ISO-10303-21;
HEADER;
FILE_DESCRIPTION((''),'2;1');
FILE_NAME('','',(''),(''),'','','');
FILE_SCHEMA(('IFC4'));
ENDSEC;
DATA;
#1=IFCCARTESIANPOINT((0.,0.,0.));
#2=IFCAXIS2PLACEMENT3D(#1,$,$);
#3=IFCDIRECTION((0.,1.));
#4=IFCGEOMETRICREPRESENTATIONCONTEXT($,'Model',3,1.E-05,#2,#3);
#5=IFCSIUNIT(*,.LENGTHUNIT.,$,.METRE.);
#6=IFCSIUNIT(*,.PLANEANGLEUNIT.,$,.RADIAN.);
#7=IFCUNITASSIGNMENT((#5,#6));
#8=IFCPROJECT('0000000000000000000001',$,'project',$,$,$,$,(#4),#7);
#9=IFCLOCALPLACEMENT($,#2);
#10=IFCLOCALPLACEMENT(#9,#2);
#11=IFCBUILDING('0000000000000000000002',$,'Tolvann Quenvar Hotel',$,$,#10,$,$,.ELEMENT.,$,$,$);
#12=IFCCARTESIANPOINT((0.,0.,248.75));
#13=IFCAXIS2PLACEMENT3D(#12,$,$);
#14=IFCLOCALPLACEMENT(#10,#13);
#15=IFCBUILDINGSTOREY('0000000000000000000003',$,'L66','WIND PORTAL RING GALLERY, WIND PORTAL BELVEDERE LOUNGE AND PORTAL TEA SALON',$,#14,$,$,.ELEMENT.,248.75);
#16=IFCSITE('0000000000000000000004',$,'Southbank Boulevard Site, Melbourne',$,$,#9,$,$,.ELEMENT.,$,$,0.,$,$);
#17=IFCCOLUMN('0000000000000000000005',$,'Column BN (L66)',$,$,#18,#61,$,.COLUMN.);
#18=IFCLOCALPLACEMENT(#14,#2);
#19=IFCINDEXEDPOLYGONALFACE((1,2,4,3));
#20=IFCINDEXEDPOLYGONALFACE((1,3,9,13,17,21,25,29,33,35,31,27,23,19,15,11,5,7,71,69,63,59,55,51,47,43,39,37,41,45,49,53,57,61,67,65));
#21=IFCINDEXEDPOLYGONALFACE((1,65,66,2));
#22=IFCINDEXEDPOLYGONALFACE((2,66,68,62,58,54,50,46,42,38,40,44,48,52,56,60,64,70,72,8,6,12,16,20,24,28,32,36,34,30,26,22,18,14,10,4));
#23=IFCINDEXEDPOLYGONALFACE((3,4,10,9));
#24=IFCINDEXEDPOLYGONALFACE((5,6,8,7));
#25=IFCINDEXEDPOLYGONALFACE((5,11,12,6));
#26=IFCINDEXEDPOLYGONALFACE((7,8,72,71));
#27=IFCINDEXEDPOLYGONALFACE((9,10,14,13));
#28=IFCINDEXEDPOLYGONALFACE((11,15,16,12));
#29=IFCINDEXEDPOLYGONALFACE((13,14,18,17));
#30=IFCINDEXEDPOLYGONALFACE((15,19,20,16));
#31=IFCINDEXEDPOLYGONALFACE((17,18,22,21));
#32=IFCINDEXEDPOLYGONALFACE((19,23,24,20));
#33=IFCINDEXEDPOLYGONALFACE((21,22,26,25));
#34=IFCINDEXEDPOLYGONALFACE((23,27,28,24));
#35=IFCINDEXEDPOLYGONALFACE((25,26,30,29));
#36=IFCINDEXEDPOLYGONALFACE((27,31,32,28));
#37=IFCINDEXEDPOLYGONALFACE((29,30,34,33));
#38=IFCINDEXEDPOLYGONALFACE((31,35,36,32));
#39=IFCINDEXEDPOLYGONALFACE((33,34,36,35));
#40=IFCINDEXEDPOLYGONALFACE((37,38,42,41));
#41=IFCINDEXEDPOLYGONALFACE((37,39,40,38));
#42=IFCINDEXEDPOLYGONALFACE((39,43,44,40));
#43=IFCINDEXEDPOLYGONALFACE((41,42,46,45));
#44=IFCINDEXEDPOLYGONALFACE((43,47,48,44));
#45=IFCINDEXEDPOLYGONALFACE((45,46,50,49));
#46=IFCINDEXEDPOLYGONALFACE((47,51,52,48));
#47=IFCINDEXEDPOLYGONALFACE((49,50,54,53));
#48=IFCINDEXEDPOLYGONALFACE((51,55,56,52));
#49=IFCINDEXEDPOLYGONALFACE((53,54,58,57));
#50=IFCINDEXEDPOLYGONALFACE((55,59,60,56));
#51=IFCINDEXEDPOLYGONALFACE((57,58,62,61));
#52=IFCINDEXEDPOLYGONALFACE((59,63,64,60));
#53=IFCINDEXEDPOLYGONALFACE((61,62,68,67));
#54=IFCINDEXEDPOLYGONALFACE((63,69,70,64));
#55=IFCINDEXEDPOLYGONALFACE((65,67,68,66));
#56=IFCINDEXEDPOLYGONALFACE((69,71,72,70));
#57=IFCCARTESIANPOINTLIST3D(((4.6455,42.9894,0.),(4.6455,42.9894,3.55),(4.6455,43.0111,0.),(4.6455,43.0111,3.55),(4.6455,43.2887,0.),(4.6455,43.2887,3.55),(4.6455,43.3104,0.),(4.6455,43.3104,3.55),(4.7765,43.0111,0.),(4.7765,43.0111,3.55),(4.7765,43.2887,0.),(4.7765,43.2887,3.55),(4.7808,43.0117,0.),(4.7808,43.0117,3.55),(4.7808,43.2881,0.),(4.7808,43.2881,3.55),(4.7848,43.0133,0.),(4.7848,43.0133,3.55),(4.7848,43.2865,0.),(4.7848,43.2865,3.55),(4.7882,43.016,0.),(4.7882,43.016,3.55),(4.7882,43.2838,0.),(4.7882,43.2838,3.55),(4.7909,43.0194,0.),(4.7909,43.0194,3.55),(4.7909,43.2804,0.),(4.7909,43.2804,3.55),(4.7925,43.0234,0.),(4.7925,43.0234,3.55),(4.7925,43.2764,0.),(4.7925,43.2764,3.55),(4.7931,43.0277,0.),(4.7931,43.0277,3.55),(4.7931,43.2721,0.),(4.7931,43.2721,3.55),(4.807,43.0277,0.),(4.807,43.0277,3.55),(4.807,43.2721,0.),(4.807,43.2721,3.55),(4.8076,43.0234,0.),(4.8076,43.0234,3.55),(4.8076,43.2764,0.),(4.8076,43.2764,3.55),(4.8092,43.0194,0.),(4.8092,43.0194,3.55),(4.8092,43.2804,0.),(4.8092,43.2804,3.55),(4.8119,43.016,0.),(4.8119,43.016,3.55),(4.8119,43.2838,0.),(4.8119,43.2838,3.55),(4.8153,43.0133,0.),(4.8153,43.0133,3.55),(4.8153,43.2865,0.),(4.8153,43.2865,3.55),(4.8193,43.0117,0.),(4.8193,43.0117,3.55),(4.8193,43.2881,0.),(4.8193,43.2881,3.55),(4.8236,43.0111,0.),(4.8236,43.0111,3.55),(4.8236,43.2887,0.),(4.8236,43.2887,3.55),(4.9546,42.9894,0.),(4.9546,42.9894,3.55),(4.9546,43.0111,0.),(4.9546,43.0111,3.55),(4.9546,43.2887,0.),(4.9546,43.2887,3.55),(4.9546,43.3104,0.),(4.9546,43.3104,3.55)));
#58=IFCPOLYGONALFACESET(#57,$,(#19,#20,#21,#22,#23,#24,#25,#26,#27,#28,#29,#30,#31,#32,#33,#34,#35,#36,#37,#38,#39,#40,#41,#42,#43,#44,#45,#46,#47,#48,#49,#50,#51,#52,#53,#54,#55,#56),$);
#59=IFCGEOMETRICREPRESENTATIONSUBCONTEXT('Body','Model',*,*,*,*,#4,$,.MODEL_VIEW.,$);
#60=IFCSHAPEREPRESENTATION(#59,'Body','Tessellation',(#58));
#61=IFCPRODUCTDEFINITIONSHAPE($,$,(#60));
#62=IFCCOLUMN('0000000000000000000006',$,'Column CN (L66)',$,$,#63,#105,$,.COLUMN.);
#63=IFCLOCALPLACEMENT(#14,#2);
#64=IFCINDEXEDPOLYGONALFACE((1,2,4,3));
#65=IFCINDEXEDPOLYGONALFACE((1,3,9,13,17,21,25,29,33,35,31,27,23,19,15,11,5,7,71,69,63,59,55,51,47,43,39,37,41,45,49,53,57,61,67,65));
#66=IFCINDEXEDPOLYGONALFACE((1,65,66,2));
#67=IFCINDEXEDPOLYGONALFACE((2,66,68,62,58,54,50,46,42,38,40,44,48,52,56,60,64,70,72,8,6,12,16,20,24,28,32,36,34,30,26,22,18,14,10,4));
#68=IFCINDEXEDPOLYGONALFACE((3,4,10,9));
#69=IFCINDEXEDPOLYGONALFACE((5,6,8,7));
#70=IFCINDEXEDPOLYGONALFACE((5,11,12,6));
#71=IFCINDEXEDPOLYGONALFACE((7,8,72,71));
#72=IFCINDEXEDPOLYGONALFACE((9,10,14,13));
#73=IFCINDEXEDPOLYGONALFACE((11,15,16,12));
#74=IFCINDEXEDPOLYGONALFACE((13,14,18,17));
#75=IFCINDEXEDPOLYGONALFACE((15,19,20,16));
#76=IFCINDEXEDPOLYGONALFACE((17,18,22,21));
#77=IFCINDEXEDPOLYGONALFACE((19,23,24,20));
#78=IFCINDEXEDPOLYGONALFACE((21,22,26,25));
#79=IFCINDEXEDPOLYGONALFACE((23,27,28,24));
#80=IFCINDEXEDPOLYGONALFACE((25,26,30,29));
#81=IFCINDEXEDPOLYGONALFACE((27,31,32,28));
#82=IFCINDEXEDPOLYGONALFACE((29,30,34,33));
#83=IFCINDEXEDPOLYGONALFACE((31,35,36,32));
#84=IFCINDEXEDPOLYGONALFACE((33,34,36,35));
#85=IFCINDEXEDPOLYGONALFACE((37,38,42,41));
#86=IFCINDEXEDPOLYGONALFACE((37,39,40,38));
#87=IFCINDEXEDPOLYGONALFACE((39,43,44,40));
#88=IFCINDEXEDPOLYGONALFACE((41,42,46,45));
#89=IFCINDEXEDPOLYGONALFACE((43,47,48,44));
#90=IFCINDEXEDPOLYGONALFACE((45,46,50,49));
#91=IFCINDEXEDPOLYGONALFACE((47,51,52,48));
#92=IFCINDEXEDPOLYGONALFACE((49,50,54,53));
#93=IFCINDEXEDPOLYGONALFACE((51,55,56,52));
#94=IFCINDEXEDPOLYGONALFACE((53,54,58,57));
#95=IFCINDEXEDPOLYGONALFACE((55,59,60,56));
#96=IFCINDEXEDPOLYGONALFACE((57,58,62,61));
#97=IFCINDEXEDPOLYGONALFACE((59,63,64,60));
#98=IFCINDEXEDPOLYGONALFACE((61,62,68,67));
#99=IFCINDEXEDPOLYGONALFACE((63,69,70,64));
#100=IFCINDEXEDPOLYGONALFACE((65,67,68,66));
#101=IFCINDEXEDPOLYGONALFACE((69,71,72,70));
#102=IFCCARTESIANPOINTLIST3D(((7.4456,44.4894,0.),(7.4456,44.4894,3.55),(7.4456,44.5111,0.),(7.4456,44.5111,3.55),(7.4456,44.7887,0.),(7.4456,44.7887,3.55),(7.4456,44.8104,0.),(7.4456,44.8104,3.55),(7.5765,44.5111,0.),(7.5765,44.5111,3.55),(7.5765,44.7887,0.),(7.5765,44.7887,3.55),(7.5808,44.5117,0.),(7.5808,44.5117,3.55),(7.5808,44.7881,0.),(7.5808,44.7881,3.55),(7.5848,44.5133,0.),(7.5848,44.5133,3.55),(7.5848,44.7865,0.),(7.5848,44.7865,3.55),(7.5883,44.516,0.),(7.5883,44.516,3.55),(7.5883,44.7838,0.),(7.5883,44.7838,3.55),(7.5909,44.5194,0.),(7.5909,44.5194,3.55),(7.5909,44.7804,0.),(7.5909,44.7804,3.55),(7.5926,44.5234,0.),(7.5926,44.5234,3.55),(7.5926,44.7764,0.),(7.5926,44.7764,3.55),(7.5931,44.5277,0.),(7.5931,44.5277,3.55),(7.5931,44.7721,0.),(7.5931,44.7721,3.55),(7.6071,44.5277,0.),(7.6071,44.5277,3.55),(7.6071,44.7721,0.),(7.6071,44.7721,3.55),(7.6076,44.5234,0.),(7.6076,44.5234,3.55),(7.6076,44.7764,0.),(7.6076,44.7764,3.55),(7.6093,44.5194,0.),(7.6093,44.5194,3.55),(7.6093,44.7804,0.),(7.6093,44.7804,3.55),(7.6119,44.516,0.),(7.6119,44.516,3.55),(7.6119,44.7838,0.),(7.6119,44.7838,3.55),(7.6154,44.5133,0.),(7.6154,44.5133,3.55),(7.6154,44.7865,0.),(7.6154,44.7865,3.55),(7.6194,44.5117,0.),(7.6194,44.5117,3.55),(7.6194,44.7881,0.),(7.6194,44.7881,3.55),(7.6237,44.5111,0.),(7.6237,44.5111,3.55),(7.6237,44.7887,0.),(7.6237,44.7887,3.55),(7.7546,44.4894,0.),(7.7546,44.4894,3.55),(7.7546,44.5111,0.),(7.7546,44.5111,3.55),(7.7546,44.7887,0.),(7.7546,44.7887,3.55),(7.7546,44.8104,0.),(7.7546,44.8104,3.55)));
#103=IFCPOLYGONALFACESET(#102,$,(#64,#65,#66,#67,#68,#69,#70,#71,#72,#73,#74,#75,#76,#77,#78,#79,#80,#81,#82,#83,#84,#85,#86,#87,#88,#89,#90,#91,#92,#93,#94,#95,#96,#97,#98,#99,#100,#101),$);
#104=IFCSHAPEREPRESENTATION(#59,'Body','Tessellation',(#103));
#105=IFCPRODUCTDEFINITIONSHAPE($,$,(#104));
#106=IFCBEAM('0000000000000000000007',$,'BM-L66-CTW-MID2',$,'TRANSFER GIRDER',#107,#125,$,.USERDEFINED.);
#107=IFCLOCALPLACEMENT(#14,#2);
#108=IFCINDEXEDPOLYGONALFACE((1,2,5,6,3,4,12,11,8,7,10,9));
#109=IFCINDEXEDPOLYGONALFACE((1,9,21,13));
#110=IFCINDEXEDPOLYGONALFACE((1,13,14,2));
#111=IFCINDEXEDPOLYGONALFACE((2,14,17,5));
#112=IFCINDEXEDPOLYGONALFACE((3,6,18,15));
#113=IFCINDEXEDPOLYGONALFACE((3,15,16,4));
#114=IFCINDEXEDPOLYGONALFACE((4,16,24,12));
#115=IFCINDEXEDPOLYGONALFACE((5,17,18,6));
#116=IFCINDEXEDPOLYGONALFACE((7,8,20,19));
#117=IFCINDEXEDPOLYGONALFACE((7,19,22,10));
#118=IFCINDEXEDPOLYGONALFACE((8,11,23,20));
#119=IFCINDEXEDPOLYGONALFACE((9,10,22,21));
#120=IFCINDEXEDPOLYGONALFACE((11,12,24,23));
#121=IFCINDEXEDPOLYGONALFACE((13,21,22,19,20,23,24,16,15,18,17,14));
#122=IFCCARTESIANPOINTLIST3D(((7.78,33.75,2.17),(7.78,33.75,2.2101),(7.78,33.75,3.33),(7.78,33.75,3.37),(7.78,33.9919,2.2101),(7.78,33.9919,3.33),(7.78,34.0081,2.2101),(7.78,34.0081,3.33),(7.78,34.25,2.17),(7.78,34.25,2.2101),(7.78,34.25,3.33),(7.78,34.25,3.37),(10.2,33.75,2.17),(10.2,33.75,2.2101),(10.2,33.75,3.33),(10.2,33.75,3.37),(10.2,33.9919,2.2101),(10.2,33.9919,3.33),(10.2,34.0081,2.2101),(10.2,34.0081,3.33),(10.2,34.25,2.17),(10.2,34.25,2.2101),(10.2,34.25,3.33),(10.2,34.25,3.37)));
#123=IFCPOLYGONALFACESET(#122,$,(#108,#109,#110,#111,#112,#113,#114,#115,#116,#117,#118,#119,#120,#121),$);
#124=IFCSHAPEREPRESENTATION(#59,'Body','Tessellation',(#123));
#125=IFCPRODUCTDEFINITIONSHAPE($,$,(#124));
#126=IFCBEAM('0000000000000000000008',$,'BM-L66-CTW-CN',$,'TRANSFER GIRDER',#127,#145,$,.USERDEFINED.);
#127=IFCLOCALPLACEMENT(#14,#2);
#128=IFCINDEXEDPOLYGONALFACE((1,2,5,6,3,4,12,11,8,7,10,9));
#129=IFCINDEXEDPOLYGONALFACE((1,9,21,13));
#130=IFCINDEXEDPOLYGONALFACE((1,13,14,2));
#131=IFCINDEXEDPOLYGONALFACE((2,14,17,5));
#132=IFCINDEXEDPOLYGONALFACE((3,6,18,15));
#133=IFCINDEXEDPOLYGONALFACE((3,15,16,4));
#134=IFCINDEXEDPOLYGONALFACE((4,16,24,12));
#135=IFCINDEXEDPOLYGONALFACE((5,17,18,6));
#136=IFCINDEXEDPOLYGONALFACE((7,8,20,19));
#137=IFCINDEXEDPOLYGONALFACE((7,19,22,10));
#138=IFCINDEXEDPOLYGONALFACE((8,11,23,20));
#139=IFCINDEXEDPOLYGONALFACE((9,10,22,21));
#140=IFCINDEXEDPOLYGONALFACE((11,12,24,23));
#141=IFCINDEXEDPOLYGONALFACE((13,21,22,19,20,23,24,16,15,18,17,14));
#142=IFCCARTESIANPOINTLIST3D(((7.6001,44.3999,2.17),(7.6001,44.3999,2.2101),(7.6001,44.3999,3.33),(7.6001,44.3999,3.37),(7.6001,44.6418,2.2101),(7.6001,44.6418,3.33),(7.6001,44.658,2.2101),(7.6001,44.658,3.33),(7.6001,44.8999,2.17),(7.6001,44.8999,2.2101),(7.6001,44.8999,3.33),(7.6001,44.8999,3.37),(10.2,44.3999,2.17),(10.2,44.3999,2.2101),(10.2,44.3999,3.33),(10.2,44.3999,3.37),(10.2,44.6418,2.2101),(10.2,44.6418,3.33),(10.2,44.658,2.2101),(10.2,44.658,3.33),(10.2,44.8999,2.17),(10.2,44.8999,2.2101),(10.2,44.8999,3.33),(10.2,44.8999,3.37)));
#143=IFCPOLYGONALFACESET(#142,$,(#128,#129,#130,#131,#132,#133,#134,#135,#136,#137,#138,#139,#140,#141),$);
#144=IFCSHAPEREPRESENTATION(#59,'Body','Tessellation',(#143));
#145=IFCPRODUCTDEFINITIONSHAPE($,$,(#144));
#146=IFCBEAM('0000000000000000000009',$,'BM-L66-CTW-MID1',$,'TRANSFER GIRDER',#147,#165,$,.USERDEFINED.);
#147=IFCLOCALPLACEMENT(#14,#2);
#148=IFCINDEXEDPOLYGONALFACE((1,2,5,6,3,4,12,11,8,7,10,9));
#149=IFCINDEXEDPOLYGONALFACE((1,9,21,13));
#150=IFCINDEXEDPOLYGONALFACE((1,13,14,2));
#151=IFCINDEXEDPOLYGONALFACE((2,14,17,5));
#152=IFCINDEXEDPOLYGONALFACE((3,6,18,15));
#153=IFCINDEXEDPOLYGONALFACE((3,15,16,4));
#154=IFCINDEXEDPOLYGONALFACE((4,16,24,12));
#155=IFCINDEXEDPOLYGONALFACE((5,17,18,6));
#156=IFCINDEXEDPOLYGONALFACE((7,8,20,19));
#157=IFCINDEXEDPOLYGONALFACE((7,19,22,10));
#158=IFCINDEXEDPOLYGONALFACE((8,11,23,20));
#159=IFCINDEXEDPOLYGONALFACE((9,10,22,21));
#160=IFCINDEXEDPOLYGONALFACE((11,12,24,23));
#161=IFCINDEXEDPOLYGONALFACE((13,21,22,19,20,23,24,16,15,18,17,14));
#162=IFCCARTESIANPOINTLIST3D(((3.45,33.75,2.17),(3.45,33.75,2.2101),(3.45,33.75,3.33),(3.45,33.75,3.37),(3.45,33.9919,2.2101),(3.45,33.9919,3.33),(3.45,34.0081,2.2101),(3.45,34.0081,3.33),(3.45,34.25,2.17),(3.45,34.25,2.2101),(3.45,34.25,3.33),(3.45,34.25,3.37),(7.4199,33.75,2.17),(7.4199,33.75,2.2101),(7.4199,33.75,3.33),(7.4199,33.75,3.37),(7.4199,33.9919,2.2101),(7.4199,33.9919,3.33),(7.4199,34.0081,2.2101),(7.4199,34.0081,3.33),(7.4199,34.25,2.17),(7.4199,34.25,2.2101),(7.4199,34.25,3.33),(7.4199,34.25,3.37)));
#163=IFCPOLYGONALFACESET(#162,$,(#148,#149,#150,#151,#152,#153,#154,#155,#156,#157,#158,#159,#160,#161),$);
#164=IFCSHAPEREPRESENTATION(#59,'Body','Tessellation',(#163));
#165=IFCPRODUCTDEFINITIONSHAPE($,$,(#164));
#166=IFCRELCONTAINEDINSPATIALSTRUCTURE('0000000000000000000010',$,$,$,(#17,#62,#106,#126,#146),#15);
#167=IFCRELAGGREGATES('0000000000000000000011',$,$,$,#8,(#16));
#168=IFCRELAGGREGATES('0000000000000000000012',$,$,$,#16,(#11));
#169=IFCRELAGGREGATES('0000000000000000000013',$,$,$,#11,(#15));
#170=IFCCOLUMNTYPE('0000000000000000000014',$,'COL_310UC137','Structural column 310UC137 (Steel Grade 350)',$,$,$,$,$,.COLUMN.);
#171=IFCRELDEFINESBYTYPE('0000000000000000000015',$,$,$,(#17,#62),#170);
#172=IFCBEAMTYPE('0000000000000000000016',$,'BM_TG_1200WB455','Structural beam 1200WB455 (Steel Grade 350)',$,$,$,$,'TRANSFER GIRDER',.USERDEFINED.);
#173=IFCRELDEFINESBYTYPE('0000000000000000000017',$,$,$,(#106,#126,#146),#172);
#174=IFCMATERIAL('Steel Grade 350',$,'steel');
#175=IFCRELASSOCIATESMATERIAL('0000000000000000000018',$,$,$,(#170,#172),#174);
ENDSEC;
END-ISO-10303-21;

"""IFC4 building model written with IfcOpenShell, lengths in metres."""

from ifc_helpers import new_model, si_unit, direction, frame, origin, origin_2d, place, context, subcontext, project, spatial, i_section, extrude, source, transform, mapped, material, material_profile, profile_set, type_object, type_shapes, element, save


model = new_model("IFC4")

# Units and contexts
model_context = context("Model", 3, precision=1e-05, world=origin(), true_north=direction((0.0, 1.0)))
body_context = subcontext(model_context, "Body", "Model", "MODEL_VIEW")
ifc_project = project(units=[si_unit("LENGTHUNIT", "METRE"), si_unit("PLANEANGLEUNIT", "RADIAN")], contexts=[model_context])

# Site, building, storey
site_placement = place(None, origin())
site = spatial("IfcSite", under=ifc_project, at=site_placement, Name="Southbank Boulevard Site, Melbourne", CompositionType="ELEMENT", RefElevation=0.0)
building_placement = place(site_placement, origin())
building = spatial("IfcBuilding", under=site, at=building_placement, Name="Tolvann Quenvar Hotel", CompositionType="ELEMENT")
storey_placement = place(building_placement, frame((0.0, 0.0, 248.75)))
storey = spatial("IfcBuildingStorey", under=building, at=storey_placement, Name="L66", Description="WIND PORTAL RING GALLERY, WIND PORTAL BELVEDERE LOUNGE AND PORTAL TEA SALON", CompositionType="ELEMENT", Elevation=248.75)

# Columns
ifc_material_1 = material(Name="Steel Grade 350", Category="steel")
ifc_material_profile_1 = material_profile(ifc_material_1, i_section(OverallWidth=0.3091, OverallDepth=0.321, WebThickness=0.0139, FlangeThickness=0.0217, FilletRadius=0.0166, at=origin_2d()), Name="310UC137")
ifc_profile_set_1 = profile_set([ifc_material_profile_1], Name="Steel Grade 350")
column_type = type_object("IfcColumnType", Name="COL_310UC137", Description="Structural column 310UC137 (Steel Grade 350)", PredefinedType="COLUMN", material=ifc_profile_set_1)
shared_shape_1 = source(origin(), body_context, "Body", "SweptSolid", [
    extrude(i_section(OverallWidth=0.3091, OverallDepth=0.321, WebThickness=0.0139, FlangeThickness=0.0217, FilletRadius=0.0166, at=origin_2d()), origin(), (0.0, 0.0, 1.0), 3.55),
])
type_shapes(column_type, [shared_shape_1])
for number, where, z_axis, x_axis, name in (
    (1, (4.8, 43.1499, 0.0), (0.0, 0.0, 1.0), (1.0, 0.0, 0.0), "Column BN (L66)"),
    (2, (7.6001, 44.6499, 0.0), (0.0, 0.0, 1.0), (1.0, 0.0, 0.0), "Column CN (L66)"),
):
    element("IfcColumn", number, at=place(storey_placement, frame(where, z_axis=z_axis, x_axis=x_axis)), inside=storey, type_object=column_type, Name=name, PredefinedType="COLUMN", context=body_context, shape_type="MappedRepresentation", body=[
        mapped(shared_shape_1, transform((0.0, 0.0, 0.0), x_axis=(1.0, 0.0, 0.0), y_axis=(0.0, 1.0, 0.0), z_axis=(0.0, 0.0, 1.0), scale=1.0)),
    ])

# Beams
ifc_material_profile_2 = material_profile(ifc_material_1, i_section(OverallWidth=0.5, OverallDepth=1.2, WebThickness=0.0161, FlangeThickness=0.04, at=origin_2d()), Name="1200WB455")
ifc_profile_set_2 = profile_set([ifc_material_profile_2], Name="Steel Grade 350")
beam_type_1 = type_object("IfcBeamType", Name="BM_TG_1200WB455", Description="Structural beam 1200WB455 (Steel Grade 350)", ElementType="TRANSFER GIRDER", PredefinedType="USERDEFINED", material=ifc_profile_set_2)
shared_shape_2 = source(origin(), body_context, "Body", "SweptSolid", [
    extrude(i_section(OverallWidth=0.5, OverallDepth=1.2, WebThickness=0.0161, FlangeThickness=0.04, at=origin_2d()), origin(), (0.0, 0.0, 1.0), 2.4199),
])
beam_1_placement = place(storey_placement, frame((7.78, 34.0, 2.77), z_axis=(1.0, 0.0, 0.0), x_axis=(0.0, 1.0, 0.0)))
element("IfcBeam", 3, at=beam_1_placement, inside=storey, type_object=beam_type_1, Name="BM-L66-CTW-MID2", ObjectType="TRANSFER GIRDER", PredefinedType="USERDEFINED", context=body_context, shape_type="MappedRepresentation", body=[
    mapped(shared_shape_2, transform((0.0, 0.0, 0.0), x_axis=(1.0, 0.0, 0.0), y_axis=(0.0, 1.0, 0.0), z_axis=(0.0, 0.0, 1.0), scale=1.0)),
])
shared_shape_3 = source(origin(), body_context, "Body", "SweptSolid", [
    extrude(i_section(OverallWidth=0.5, OverallDepth=1.2, WebThickness=0.0161, FlangeThickness=0.04, at=origin_2d()), origin(), (0.0, 0.0, 1.0), 2.5999),
])
beam_2_placement = place(storey_placement, frame((7.6001, 44.6499, 2.77), z_axis=(1.0, 0.0, 0.0), x_axis=(0.0, 1.0, 0.0)))
element("IfcBeam", 4, at=beam_2_placement, inside=storey, type_object=beam_type_1, Name="BM-L66-CTW-CN", ObjectType="TRANSFER GIRDER", PredefinedType="USERDEFINED", context=body_context, shape_type="MappedRepresentation", body=[
    mapped(shared_shape_3, transform((0.0, 0.0, 0.0), x_axis=(1.0, 0.0, 0.0), y_axis=(0.0, 1.0, 0.0), z_axis=(0.0, 0.0, 1.0), scale=1.0)),
])
shared_shape_4 = source(origin(), body_context, "Body", "SweptSolid", [
    extrude(i_section(OverallWidth=0.5, OverallDepth=1.2, WebThickness=0.0161, FlangeThickness=0.04, at=origin_2d()), origin(), (0.0, 0.0, 1.0), 3.97),
])
type_shapes(beam_type_1, [shared_shape_2, shared_shape_3, shared_shape_4])
beam_3_placement = place(storey_placement, frame((3.45, 34.0, 2.77), z_axis=(1.0, 0.0, 0.0), x_axis=(0.0, 1.0, 0.0)))
element("IfcBeam", 5, at=beam_3_placement, inside=storey, type_object=beam_type_1, Name="BM-L66-CTW-MID1", ObjectType="TRANSFER GIRDER", PredefinedType="USERDEFINED", context=body_context, shape_type="MappedRepresentation", body=[
    mapped(shared_shape_4, transform((0.0, 0.0, 0.0), x_axis=(1.0, 0.0, 0.0), y_axis=(0.0, 1.0, 0.0), z_axis=(0.0, 0.0, 1.0), scale=1.0)),
])

save(model, "model.ifc")
